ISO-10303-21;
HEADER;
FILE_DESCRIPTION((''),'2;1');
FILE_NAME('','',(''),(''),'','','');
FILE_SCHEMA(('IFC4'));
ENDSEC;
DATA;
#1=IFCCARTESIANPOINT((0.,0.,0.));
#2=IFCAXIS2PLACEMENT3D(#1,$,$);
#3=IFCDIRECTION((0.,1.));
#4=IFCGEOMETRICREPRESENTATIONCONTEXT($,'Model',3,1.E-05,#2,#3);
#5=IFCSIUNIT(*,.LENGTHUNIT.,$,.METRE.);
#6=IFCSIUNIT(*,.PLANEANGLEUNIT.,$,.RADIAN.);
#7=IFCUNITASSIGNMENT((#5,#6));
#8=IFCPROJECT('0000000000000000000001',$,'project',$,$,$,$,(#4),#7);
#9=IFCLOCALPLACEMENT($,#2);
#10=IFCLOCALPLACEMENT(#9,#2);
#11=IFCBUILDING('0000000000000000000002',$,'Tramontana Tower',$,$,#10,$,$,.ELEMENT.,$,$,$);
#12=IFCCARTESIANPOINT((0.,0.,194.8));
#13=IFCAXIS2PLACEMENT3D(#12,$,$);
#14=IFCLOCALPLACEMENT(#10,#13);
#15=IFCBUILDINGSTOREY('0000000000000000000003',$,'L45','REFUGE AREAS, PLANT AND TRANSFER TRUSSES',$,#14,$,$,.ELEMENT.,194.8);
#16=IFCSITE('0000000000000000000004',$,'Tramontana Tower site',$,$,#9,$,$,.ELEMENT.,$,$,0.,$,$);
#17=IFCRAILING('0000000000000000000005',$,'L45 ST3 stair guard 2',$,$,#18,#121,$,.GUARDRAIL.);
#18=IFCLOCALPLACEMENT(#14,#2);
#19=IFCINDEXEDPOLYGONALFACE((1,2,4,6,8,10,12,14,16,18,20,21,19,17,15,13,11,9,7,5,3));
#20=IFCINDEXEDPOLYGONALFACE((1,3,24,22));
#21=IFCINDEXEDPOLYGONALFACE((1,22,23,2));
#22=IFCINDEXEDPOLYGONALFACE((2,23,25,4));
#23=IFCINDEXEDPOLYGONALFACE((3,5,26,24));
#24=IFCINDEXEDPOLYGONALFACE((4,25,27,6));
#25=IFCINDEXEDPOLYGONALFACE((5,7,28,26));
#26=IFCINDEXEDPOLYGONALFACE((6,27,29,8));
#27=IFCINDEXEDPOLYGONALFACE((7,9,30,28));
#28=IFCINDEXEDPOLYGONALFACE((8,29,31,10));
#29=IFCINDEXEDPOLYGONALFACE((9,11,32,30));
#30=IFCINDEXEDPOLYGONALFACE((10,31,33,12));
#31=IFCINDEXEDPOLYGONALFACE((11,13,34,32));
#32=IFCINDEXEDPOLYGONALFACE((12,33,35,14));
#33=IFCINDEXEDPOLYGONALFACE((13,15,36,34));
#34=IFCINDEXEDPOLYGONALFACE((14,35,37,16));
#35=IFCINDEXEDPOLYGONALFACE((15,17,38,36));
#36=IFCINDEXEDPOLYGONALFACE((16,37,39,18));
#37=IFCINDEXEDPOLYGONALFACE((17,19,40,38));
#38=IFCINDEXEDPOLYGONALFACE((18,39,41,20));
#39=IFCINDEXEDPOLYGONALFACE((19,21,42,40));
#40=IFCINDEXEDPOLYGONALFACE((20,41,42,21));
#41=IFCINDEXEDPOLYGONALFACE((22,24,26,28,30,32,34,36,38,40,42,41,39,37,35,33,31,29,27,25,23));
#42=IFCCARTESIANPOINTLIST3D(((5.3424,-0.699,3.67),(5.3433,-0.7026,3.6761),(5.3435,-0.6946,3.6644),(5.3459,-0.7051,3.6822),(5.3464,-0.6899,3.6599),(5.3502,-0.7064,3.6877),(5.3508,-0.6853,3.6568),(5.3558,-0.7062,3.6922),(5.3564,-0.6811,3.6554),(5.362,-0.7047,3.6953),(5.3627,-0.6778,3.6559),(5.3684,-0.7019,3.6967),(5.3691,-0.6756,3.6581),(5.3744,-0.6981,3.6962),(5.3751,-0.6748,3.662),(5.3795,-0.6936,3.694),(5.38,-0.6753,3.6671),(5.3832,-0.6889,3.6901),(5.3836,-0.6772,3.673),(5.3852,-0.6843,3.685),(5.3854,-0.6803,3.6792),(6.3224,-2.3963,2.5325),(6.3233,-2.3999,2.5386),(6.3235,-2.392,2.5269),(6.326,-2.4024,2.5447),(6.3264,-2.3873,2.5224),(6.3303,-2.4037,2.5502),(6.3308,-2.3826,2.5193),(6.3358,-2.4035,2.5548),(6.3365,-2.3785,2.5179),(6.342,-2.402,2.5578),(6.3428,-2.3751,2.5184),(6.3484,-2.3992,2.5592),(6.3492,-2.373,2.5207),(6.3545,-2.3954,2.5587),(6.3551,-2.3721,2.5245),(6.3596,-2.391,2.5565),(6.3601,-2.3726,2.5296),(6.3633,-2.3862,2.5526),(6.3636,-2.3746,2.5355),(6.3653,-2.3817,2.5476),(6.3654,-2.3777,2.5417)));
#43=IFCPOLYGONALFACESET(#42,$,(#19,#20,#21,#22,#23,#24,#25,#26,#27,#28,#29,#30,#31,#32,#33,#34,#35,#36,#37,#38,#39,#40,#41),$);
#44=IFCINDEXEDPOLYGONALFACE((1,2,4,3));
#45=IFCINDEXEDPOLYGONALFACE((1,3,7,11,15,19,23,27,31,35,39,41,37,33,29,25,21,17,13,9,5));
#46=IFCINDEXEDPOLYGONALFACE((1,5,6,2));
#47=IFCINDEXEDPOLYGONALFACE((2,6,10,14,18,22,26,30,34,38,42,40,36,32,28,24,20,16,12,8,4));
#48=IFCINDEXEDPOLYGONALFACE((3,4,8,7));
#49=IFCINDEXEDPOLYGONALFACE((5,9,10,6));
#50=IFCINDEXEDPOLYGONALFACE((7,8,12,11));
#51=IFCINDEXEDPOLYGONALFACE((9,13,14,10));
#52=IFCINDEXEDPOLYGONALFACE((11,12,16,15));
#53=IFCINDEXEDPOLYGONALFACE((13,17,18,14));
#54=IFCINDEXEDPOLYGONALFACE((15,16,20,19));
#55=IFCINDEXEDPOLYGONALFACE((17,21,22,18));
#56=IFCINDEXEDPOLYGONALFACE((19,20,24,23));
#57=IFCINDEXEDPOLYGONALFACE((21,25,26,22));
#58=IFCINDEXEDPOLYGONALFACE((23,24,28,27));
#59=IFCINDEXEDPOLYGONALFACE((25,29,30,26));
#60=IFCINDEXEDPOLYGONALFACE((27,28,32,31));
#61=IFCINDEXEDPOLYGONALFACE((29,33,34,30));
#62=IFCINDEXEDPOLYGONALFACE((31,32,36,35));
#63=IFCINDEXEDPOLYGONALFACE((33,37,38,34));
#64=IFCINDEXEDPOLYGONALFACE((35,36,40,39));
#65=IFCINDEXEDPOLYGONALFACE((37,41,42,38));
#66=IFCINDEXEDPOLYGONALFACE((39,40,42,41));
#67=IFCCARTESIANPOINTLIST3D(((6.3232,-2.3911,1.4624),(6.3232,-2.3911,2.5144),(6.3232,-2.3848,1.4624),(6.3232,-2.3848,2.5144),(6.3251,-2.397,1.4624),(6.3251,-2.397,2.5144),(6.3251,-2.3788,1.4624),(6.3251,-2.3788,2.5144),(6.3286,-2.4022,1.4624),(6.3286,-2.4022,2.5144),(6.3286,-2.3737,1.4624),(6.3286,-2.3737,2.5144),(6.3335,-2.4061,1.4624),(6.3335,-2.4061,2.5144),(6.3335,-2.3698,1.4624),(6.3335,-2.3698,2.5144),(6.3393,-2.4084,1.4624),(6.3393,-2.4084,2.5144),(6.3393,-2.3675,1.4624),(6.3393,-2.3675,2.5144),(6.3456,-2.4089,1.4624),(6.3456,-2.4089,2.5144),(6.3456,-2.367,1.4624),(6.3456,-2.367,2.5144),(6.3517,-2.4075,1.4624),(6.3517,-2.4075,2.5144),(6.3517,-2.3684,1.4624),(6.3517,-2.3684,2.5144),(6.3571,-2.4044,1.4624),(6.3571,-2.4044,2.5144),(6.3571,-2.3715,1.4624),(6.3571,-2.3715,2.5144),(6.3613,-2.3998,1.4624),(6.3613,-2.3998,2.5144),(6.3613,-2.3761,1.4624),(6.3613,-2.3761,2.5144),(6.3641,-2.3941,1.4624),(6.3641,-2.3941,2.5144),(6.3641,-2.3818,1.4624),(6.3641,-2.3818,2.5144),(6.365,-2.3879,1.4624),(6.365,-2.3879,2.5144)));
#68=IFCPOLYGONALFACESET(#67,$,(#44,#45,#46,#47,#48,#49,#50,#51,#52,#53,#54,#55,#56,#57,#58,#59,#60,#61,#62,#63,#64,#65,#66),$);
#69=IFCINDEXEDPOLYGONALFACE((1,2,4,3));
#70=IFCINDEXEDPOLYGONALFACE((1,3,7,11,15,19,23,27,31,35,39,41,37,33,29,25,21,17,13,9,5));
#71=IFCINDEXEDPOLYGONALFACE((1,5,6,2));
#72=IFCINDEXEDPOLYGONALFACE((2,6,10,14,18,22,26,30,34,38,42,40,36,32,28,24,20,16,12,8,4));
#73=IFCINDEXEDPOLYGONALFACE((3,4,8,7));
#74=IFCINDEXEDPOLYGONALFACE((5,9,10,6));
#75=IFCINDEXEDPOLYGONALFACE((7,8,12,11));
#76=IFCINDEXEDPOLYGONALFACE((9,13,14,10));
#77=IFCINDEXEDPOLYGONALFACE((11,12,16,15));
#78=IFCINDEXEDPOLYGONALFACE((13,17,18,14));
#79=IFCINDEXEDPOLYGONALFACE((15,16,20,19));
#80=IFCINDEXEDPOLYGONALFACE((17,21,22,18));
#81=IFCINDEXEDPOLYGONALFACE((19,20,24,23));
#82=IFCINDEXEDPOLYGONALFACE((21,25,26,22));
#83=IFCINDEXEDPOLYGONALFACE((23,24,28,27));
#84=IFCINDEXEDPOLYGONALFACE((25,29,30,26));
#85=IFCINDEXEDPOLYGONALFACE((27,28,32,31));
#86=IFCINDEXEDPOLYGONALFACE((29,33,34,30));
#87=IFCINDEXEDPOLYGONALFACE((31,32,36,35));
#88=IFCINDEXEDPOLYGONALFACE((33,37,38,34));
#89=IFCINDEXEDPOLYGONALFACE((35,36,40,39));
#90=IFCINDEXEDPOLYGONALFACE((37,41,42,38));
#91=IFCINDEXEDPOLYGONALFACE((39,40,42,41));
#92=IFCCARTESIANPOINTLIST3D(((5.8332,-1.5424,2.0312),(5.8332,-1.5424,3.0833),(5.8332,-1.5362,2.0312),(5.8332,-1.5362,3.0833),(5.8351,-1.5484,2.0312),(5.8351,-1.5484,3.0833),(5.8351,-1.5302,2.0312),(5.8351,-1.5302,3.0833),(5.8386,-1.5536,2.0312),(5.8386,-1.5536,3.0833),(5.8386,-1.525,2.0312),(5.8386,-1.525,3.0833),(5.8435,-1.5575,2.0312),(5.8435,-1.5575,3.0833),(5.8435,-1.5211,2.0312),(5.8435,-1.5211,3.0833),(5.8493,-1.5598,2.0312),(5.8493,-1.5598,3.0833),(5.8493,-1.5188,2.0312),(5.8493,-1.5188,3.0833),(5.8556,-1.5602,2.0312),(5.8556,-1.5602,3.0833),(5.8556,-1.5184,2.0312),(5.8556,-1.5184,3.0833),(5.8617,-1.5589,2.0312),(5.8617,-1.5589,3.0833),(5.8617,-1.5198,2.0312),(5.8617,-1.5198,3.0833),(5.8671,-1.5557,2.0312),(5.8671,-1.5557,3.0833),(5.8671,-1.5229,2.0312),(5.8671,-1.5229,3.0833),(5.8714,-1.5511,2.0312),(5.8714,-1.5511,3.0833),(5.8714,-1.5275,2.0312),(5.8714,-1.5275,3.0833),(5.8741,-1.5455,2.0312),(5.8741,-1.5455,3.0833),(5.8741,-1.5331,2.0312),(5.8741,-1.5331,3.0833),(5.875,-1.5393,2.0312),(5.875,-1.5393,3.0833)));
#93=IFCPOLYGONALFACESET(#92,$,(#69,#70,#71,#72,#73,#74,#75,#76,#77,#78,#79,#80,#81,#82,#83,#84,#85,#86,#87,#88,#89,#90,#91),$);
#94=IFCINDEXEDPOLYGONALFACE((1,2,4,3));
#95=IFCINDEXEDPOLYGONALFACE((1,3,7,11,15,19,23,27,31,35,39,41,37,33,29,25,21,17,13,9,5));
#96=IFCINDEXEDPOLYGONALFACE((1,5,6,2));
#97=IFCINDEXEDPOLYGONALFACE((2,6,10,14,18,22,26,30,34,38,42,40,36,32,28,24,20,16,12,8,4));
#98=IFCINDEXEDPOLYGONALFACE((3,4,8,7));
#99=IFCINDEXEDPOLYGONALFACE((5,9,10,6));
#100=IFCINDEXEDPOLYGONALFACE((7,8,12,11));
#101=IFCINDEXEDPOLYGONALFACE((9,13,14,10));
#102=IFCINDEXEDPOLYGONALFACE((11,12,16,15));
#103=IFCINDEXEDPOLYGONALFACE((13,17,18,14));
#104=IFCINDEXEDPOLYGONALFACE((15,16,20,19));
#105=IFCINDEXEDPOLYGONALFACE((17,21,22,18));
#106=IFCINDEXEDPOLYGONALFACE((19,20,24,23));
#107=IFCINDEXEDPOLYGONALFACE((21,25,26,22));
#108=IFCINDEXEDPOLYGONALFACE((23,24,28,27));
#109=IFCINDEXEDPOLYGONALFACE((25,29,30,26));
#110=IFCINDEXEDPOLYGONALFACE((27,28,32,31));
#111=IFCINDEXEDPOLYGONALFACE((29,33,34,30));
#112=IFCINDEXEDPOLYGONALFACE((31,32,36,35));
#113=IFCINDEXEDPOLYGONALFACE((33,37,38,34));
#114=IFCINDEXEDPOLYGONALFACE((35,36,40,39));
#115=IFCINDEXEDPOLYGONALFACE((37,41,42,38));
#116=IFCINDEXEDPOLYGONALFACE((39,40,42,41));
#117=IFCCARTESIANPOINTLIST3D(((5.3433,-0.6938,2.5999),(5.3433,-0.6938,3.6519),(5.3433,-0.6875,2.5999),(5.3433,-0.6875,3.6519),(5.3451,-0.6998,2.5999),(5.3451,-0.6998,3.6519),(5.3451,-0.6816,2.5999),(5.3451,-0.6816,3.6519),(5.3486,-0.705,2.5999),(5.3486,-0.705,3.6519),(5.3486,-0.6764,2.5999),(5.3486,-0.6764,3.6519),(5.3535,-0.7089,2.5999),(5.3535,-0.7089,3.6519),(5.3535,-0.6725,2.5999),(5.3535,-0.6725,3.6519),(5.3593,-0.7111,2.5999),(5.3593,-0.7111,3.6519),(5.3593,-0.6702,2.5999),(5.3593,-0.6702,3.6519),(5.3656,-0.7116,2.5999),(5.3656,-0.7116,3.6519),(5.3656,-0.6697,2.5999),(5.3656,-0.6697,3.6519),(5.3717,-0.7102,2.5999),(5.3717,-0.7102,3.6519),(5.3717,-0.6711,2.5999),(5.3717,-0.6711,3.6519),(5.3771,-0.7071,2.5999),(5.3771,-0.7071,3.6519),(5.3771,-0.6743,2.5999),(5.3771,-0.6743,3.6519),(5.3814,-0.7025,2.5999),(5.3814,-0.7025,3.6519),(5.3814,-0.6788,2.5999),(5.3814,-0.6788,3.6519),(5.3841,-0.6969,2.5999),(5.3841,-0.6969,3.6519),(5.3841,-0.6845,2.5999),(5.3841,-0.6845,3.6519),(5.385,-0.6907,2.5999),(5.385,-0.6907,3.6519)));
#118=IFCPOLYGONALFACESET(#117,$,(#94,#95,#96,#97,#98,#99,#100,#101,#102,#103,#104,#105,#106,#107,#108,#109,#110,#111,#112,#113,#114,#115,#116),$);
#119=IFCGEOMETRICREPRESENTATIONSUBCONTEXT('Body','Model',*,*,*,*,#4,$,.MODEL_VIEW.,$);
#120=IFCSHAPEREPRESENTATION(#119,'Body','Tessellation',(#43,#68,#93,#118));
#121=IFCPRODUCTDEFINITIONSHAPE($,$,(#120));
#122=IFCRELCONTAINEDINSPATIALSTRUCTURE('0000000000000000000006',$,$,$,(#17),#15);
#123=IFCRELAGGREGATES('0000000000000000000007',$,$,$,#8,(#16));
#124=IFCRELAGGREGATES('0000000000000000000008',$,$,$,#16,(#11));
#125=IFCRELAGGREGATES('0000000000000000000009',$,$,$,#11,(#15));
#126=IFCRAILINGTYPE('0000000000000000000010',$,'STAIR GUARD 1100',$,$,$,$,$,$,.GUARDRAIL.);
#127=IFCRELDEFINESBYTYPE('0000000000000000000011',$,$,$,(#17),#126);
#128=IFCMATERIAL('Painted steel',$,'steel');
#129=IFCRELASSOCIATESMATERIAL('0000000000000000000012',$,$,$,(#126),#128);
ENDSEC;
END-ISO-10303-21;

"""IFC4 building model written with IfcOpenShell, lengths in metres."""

from ifc_helpers import new_model, si_unit, direction, frame, origin, origin_2d, place, context, subcontext, project, spatial, circle, extrude, material, type_object, element, save


model = new_model("IFC4")

# Units and contexts
model_context = context("Model", 3, precision=1e-05, world=origin(), true_north=direction((0.0, 1.0)))
body_context = subcontext(model_context, "Body", "Model", "MODEL_VIEW")
ifc_project = project(units=[si_unit("LENGTHUNIT", "METRE"), si_unit("PLANEANGLEUNIT", "RADIAN")], contexts=[model_context])

# Site, building, storey
site_placement = place(None, origin())
site = spatial("IfcSite", under=ifc_project, at=site_placement, Name="Tramontana Tower site", CompositionType="ELEMENT", RefElevation=0.0)
building_placement = place(site_placement, origin())
building = spatial("IfcBuilding", under=site, at=building_placement, Name="Tramontana Tower", CompositionType="ELEMENT")
storey_placement = place(building_placement, frame((0.0, 0.0, 194.8)))
storey = spatial("IfcBuildingStorey", under=building, at=storey_placement, Name="L45", Description="REFUGE AREAS, PLANT AND TRANSFER TRUSSES", CompositionType="ELEMENT", Elevation=194.8)

# Railing
ifc_material_1 = material(Name="Painted steel", Category="steel")
railing_type_1 = type_object("IfcRailingType", Name="STAIR GUARD 1100", PredefinedType="GUARDRAIL", material=ifc_material_1)
railing_1_placement = place(storey_placement, frame((6.344, -2.3879, 1.4624)))
element("IfcRailing", 1, at=railing_1_placement, inside=storey, type_object=railing_type_1, Name="L45 ST3 stair guard 2", PredefinedType="GUARDRAIL", context=body_context, shape_type="SweptSolid", body=[
    extrude(circle(Radius=0.0239, at=origin_2d()), frame((0.0, 0.0, 1.0762), z_axis=(-0.432467, 0.749006, 0.501959), x_axis=(-0.866011, -0.500024, 0.0)), (0.0, 0.0, 1.0), 2.2661),
    extrude(circle(Radius=0.021, at=origin_2d()), origin(), (0.0, 0.0, 1.0), 1.052),
    extrude(circle(Radius=0.021, at=origin_2d()), frame((-0.49, 0.8486, 0.5688)), (0.0, 0.0, 1.0), 1.052),
    extrude(circle(Radius=0.021, at=origin_2d()), frame((-0.98, 1.6973, 1.1375)), (0.0, 0.0, 1.0), 1.052),
])

save(model, "model.ifc")
